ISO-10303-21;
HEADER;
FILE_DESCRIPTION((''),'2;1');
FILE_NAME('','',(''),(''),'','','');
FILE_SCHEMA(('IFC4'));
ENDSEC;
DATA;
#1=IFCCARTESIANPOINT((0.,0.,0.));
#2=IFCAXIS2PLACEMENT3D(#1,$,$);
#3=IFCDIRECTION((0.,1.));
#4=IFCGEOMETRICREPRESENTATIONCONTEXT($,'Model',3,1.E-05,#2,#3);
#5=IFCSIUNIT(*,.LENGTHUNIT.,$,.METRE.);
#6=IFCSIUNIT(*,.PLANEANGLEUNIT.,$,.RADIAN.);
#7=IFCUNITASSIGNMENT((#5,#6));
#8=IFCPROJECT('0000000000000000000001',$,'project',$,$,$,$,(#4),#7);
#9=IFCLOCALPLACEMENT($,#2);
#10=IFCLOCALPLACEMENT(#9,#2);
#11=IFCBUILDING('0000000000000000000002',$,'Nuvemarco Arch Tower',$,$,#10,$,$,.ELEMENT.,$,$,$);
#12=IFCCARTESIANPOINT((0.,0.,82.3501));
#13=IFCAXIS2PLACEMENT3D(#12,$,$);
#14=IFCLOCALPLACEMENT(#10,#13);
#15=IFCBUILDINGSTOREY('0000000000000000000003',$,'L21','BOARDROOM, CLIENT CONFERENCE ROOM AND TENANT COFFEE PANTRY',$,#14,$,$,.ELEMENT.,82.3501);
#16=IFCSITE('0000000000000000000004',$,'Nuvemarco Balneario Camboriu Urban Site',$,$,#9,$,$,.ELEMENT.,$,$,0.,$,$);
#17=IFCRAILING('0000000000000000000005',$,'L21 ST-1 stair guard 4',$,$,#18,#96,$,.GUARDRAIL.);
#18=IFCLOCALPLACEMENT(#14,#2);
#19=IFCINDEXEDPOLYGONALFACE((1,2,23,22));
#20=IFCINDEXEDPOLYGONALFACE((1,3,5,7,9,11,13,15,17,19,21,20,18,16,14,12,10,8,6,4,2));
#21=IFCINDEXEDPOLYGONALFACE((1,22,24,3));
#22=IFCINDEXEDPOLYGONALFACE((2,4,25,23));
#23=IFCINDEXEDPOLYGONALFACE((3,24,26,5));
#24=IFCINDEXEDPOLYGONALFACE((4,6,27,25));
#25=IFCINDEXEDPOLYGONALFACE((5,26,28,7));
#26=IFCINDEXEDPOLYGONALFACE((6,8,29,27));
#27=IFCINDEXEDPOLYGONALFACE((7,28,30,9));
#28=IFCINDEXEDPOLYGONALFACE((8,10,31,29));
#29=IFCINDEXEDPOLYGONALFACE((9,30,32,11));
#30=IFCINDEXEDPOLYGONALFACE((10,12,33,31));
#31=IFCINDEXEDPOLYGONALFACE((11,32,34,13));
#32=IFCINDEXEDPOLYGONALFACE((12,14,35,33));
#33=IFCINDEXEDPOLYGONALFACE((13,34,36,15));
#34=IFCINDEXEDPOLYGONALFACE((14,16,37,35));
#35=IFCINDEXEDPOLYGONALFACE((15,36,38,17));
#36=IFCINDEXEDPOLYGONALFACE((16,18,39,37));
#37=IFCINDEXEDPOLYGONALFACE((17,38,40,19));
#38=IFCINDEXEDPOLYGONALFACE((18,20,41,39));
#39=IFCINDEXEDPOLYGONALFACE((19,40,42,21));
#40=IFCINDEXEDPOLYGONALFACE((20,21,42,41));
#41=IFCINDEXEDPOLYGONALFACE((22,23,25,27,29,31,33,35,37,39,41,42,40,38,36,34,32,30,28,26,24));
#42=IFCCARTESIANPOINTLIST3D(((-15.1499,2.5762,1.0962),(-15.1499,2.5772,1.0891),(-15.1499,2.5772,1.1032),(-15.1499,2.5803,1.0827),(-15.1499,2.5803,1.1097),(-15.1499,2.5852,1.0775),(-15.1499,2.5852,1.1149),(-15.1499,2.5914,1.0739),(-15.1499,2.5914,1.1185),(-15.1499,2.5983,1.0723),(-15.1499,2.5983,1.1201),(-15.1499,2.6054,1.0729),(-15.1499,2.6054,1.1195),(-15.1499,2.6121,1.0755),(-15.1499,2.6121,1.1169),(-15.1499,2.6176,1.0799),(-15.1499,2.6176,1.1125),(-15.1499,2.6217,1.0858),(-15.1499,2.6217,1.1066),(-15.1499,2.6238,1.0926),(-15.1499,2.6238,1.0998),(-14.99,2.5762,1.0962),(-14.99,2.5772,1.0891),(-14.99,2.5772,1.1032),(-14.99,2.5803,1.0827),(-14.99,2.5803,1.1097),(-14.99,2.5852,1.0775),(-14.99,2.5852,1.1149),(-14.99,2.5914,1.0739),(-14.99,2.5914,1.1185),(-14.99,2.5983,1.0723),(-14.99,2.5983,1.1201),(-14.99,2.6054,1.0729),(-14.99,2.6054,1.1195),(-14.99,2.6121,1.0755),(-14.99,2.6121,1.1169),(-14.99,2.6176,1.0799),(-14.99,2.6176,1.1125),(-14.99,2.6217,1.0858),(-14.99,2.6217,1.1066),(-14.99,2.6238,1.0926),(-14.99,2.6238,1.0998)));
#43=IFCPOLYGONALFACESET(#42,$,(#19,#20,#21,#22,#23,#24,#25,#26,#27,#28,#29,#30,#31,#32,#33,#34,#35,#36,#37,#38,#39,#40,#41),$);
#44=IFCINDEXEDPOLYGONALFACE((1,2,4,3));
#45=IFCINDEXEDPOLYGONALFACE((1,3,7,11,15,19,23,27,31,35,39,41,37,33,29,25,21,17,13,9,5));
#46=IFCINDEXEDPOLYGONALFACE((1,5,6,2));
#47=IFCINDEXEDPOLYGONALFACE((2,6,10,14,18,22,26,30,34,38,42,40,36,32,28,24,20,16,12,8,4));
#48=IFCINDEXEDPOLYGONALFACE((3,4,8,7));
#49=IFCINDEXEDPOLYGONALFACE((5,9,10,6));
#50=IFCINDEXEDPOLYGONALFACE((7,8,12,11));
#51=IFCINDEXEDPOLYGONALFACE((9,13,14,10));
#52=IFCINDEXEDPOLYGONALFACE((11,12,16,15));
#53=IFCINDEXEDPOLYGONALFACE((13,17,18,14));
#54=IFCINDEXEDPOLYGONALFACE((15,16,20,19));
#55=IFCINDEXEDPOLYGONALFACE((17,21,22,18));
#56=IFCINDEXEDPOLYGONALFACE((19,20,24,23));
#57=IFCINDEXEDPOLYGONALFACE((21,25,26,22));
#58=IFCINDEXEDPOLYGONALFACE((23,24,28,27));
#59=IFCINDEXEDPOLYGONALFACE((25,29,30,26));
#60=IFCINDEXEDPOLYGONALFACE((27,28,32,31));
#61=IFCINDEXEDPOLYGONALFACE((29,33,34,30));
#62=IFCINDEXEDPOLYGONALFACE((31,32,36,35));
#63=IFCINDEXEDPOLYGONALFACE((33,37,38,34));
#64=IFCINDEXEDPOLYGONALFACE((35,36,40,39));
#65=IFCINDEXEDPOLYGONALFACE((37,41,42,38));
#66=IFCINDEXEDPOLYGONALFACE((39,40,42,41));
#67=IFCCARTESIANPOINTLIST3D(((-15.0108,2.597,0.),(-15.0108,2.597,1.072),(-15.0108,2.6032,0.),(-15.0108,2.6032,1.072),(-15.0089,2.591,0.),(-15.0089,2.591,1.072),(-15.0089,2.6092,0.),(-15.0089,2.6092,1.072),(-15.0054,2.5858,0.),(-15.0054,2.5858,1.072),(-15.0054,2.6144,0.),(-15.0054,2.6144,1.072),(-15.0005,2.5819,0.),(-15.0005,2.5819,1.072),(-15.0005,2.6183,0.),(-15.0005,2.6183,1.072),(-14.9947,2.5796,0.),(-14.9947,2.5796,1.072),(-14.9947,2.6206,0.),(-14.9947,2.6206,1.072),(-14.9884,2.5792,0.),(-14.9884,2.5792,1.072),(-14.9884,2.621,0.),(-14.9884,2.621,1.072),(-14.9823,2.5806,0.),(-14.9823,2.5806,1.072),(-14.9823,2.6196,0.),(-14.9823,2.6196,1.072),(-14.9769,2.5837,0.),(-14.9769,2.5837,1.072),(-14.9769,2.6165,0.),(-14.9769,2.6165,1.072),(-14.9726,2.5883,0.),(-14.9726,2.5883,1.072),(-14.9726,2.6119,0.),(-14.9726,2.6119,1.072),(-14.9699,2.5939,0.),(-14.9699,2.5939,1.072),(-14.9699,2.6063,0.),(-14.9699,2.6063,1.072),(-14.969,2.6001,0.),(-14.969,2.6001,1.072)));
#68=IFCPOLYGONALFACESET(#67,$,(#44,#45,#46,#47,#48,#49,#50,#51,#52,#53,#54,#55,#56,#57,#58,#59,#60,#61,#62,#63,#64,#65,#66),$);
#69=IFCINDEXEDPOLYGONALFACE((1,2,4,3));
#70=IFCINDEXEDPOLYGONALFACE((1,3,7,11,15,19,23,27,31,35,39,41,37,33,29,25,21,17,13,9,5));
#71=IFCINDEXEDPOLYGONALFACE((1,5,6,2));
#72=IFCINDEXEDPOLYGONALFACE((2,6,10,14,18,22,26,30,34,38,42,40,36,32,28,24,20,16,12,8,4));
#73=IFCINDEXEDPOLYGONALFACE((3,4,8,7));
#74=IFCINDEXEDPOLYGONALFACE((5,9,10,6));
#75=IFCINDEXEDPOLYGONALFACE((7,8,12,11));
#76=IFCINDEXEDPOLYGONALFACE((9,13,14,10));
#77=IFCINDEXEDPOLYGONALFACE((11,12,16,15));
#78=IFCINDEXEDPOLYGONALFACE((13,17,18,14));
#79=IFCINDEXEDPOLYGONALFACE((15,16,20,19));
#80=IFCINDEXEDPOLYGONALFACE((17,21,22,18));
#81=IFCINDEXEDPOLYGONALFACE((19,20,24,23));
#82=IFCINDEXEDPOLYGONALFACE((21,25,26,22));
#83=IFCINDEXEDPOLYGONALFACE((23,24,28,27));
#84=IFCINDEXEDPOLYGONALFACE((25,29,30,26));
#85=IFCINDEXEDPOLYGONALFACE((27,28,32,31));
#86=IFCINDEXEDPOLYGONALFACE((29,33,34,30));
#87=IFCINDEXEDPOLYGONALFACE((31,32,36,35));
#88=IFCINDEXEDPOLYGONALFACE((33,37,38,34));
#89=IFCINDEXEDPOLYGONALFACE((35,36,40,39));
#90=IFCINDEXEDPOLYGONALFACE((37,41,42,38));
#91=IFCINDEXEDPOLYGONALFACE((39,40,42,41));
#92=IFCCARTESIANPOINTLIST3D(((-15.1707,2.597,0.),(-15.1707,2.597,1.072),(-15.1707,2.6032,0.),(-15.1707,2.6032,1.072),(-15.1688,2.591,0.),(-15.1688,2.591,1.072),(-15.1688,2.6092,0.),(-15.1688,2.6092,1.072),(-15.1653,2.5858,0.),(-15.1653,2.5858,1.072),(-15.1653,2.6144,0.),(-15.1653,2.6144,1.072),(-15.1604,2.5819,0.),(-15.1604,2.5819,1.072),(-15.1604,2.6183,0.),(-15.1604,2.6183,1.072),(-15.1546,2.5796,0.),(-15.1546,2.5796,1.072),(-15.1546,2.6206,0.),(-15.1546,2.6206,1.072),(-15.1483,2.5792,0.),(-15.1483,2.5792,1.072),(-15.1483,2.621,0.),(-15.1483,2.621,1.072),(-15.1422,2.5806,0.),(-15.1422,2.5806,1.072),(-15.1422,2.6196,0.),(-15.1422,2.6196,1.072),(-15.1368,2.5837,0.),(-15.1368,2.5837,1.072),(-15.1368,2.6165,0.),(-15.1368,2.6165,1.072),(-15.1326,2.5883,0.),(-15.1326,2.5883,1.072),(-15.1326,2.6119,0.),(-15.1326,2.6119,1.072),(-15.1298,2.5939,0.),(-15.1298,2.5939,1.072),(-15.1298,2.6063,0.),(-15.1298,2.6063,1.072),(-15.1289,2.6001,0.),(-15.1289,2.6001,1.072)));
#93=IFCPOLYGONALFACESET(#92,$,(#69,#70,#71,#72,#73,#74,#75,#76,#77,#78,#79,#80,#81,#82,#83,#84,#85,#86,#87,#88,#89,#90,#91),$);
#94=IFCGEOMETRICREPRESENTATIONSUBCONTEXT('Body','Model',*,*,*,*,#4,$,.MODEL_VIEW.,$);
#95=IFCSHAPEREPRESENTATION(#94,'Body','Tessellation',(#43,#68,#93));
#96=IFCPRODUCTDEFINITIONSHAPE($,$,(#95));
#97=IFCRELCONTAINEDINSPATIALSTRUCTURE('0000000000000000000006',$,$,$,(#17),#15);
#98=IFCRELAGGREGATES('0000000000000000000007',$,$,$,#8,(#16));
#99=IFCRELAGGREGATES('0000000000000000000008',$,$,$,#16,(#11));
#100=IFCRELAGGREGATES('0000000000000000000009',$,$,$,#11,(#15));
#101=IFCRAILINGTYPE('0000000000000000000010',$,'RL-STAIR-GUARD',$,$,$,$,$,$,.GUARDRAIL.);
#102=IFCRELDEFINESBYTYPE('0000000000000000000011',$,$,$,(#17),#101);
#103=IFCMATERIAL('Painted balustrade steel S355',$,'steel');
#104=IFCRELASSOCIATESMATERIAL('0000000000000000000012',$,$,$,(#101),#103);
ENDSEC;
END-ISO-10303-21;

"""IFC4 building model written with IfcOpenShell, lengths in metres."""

from ifc_helpers import new_model, si_unit, direction, frame, origin, origin_2d, place, context, subcontext, project, spatial, circle, extrude, material, type_object, element, save


model = new_model("IFC4")

# Units and contexts
model_context = context("Model", 3, precision=1e-05, world=origin(), true_north=direction((0.0, 1.0)))
body_context = subcontext(model_context, "Body", "Model", "MODEL_VIEW")
ifc_project = project(units=[si_unit("LENGTHUNIT", "METRE"), si_unit("PLANEANGLEUNIT", "RADIAN")], contexts=[model_context])

# Site, building, storey
site_placement = place(None, origin())
site = spatial("IfcSite", under=ifc_project, at=site_placement, Name="Nuvemarco Balneario Camboriu Urban Site", CompositionType="ELEMENT", RefElevation=0.0)
building_placement = place(site_placement, origin())
building = spatial("IfcBuilding", under=site, at=building_placement, Name="Nuvemarco Arch Tower", CompositionType="ELEMENT")
storey_placement = place(building_placement, frame((0.0, 0.0, 82.3501)))
storey = spatial("IfcBuildingStorey", under=building, at=storey_placement, Name="L21", Description="BOARDROOM, CLIENT CONFERENCE ROOM AND TENANT COFFEE PANTRY", CompositionType="ELEMENT", Elevation=82.3501)

# Railing
ifc_material_1 = material(Name="Painted balustrade steel S355", Category="steel")
railing_type_1 = type_object("IfcRailingType", Name="RL-STAIR-GUARD", PredefinedType="GUARDRAIL", material=ifc_material_1)
railing_1_placement = place(storey_placement, frame((-14.99, 2.6001, 0.0)))
element("IfcRailing", 1, at=railing_1_placement, inside=storey, type_object=railing_type_1, Name="L21 ST-1 stair guard 4", PredefinedType="GUARDRAIL", context=body_context, shape_type="SweptSolid", body=[
    extrude(circle(Radius=0.0239, at=origin_2d()), frame((0.0, 0.0, 1.0962), z_axis=(-1.0, 0.0, 0.0), x_axis=(0.0, -1.0, 0.0)), (0.0, 0.0, 1.0), 0.1599),
    extrude(circle(Radius=0.021, at=origin_2d()), origin(), (0.0, 0.0, 1.0), 1.072),
    extrude(circle(Radius=0.021, at=origin_2d()), frame((-0.1599, 0.0, 0.0)), (0.0, 0.0, 1.0), 1.072),
])

save(model, "model.ifc")
